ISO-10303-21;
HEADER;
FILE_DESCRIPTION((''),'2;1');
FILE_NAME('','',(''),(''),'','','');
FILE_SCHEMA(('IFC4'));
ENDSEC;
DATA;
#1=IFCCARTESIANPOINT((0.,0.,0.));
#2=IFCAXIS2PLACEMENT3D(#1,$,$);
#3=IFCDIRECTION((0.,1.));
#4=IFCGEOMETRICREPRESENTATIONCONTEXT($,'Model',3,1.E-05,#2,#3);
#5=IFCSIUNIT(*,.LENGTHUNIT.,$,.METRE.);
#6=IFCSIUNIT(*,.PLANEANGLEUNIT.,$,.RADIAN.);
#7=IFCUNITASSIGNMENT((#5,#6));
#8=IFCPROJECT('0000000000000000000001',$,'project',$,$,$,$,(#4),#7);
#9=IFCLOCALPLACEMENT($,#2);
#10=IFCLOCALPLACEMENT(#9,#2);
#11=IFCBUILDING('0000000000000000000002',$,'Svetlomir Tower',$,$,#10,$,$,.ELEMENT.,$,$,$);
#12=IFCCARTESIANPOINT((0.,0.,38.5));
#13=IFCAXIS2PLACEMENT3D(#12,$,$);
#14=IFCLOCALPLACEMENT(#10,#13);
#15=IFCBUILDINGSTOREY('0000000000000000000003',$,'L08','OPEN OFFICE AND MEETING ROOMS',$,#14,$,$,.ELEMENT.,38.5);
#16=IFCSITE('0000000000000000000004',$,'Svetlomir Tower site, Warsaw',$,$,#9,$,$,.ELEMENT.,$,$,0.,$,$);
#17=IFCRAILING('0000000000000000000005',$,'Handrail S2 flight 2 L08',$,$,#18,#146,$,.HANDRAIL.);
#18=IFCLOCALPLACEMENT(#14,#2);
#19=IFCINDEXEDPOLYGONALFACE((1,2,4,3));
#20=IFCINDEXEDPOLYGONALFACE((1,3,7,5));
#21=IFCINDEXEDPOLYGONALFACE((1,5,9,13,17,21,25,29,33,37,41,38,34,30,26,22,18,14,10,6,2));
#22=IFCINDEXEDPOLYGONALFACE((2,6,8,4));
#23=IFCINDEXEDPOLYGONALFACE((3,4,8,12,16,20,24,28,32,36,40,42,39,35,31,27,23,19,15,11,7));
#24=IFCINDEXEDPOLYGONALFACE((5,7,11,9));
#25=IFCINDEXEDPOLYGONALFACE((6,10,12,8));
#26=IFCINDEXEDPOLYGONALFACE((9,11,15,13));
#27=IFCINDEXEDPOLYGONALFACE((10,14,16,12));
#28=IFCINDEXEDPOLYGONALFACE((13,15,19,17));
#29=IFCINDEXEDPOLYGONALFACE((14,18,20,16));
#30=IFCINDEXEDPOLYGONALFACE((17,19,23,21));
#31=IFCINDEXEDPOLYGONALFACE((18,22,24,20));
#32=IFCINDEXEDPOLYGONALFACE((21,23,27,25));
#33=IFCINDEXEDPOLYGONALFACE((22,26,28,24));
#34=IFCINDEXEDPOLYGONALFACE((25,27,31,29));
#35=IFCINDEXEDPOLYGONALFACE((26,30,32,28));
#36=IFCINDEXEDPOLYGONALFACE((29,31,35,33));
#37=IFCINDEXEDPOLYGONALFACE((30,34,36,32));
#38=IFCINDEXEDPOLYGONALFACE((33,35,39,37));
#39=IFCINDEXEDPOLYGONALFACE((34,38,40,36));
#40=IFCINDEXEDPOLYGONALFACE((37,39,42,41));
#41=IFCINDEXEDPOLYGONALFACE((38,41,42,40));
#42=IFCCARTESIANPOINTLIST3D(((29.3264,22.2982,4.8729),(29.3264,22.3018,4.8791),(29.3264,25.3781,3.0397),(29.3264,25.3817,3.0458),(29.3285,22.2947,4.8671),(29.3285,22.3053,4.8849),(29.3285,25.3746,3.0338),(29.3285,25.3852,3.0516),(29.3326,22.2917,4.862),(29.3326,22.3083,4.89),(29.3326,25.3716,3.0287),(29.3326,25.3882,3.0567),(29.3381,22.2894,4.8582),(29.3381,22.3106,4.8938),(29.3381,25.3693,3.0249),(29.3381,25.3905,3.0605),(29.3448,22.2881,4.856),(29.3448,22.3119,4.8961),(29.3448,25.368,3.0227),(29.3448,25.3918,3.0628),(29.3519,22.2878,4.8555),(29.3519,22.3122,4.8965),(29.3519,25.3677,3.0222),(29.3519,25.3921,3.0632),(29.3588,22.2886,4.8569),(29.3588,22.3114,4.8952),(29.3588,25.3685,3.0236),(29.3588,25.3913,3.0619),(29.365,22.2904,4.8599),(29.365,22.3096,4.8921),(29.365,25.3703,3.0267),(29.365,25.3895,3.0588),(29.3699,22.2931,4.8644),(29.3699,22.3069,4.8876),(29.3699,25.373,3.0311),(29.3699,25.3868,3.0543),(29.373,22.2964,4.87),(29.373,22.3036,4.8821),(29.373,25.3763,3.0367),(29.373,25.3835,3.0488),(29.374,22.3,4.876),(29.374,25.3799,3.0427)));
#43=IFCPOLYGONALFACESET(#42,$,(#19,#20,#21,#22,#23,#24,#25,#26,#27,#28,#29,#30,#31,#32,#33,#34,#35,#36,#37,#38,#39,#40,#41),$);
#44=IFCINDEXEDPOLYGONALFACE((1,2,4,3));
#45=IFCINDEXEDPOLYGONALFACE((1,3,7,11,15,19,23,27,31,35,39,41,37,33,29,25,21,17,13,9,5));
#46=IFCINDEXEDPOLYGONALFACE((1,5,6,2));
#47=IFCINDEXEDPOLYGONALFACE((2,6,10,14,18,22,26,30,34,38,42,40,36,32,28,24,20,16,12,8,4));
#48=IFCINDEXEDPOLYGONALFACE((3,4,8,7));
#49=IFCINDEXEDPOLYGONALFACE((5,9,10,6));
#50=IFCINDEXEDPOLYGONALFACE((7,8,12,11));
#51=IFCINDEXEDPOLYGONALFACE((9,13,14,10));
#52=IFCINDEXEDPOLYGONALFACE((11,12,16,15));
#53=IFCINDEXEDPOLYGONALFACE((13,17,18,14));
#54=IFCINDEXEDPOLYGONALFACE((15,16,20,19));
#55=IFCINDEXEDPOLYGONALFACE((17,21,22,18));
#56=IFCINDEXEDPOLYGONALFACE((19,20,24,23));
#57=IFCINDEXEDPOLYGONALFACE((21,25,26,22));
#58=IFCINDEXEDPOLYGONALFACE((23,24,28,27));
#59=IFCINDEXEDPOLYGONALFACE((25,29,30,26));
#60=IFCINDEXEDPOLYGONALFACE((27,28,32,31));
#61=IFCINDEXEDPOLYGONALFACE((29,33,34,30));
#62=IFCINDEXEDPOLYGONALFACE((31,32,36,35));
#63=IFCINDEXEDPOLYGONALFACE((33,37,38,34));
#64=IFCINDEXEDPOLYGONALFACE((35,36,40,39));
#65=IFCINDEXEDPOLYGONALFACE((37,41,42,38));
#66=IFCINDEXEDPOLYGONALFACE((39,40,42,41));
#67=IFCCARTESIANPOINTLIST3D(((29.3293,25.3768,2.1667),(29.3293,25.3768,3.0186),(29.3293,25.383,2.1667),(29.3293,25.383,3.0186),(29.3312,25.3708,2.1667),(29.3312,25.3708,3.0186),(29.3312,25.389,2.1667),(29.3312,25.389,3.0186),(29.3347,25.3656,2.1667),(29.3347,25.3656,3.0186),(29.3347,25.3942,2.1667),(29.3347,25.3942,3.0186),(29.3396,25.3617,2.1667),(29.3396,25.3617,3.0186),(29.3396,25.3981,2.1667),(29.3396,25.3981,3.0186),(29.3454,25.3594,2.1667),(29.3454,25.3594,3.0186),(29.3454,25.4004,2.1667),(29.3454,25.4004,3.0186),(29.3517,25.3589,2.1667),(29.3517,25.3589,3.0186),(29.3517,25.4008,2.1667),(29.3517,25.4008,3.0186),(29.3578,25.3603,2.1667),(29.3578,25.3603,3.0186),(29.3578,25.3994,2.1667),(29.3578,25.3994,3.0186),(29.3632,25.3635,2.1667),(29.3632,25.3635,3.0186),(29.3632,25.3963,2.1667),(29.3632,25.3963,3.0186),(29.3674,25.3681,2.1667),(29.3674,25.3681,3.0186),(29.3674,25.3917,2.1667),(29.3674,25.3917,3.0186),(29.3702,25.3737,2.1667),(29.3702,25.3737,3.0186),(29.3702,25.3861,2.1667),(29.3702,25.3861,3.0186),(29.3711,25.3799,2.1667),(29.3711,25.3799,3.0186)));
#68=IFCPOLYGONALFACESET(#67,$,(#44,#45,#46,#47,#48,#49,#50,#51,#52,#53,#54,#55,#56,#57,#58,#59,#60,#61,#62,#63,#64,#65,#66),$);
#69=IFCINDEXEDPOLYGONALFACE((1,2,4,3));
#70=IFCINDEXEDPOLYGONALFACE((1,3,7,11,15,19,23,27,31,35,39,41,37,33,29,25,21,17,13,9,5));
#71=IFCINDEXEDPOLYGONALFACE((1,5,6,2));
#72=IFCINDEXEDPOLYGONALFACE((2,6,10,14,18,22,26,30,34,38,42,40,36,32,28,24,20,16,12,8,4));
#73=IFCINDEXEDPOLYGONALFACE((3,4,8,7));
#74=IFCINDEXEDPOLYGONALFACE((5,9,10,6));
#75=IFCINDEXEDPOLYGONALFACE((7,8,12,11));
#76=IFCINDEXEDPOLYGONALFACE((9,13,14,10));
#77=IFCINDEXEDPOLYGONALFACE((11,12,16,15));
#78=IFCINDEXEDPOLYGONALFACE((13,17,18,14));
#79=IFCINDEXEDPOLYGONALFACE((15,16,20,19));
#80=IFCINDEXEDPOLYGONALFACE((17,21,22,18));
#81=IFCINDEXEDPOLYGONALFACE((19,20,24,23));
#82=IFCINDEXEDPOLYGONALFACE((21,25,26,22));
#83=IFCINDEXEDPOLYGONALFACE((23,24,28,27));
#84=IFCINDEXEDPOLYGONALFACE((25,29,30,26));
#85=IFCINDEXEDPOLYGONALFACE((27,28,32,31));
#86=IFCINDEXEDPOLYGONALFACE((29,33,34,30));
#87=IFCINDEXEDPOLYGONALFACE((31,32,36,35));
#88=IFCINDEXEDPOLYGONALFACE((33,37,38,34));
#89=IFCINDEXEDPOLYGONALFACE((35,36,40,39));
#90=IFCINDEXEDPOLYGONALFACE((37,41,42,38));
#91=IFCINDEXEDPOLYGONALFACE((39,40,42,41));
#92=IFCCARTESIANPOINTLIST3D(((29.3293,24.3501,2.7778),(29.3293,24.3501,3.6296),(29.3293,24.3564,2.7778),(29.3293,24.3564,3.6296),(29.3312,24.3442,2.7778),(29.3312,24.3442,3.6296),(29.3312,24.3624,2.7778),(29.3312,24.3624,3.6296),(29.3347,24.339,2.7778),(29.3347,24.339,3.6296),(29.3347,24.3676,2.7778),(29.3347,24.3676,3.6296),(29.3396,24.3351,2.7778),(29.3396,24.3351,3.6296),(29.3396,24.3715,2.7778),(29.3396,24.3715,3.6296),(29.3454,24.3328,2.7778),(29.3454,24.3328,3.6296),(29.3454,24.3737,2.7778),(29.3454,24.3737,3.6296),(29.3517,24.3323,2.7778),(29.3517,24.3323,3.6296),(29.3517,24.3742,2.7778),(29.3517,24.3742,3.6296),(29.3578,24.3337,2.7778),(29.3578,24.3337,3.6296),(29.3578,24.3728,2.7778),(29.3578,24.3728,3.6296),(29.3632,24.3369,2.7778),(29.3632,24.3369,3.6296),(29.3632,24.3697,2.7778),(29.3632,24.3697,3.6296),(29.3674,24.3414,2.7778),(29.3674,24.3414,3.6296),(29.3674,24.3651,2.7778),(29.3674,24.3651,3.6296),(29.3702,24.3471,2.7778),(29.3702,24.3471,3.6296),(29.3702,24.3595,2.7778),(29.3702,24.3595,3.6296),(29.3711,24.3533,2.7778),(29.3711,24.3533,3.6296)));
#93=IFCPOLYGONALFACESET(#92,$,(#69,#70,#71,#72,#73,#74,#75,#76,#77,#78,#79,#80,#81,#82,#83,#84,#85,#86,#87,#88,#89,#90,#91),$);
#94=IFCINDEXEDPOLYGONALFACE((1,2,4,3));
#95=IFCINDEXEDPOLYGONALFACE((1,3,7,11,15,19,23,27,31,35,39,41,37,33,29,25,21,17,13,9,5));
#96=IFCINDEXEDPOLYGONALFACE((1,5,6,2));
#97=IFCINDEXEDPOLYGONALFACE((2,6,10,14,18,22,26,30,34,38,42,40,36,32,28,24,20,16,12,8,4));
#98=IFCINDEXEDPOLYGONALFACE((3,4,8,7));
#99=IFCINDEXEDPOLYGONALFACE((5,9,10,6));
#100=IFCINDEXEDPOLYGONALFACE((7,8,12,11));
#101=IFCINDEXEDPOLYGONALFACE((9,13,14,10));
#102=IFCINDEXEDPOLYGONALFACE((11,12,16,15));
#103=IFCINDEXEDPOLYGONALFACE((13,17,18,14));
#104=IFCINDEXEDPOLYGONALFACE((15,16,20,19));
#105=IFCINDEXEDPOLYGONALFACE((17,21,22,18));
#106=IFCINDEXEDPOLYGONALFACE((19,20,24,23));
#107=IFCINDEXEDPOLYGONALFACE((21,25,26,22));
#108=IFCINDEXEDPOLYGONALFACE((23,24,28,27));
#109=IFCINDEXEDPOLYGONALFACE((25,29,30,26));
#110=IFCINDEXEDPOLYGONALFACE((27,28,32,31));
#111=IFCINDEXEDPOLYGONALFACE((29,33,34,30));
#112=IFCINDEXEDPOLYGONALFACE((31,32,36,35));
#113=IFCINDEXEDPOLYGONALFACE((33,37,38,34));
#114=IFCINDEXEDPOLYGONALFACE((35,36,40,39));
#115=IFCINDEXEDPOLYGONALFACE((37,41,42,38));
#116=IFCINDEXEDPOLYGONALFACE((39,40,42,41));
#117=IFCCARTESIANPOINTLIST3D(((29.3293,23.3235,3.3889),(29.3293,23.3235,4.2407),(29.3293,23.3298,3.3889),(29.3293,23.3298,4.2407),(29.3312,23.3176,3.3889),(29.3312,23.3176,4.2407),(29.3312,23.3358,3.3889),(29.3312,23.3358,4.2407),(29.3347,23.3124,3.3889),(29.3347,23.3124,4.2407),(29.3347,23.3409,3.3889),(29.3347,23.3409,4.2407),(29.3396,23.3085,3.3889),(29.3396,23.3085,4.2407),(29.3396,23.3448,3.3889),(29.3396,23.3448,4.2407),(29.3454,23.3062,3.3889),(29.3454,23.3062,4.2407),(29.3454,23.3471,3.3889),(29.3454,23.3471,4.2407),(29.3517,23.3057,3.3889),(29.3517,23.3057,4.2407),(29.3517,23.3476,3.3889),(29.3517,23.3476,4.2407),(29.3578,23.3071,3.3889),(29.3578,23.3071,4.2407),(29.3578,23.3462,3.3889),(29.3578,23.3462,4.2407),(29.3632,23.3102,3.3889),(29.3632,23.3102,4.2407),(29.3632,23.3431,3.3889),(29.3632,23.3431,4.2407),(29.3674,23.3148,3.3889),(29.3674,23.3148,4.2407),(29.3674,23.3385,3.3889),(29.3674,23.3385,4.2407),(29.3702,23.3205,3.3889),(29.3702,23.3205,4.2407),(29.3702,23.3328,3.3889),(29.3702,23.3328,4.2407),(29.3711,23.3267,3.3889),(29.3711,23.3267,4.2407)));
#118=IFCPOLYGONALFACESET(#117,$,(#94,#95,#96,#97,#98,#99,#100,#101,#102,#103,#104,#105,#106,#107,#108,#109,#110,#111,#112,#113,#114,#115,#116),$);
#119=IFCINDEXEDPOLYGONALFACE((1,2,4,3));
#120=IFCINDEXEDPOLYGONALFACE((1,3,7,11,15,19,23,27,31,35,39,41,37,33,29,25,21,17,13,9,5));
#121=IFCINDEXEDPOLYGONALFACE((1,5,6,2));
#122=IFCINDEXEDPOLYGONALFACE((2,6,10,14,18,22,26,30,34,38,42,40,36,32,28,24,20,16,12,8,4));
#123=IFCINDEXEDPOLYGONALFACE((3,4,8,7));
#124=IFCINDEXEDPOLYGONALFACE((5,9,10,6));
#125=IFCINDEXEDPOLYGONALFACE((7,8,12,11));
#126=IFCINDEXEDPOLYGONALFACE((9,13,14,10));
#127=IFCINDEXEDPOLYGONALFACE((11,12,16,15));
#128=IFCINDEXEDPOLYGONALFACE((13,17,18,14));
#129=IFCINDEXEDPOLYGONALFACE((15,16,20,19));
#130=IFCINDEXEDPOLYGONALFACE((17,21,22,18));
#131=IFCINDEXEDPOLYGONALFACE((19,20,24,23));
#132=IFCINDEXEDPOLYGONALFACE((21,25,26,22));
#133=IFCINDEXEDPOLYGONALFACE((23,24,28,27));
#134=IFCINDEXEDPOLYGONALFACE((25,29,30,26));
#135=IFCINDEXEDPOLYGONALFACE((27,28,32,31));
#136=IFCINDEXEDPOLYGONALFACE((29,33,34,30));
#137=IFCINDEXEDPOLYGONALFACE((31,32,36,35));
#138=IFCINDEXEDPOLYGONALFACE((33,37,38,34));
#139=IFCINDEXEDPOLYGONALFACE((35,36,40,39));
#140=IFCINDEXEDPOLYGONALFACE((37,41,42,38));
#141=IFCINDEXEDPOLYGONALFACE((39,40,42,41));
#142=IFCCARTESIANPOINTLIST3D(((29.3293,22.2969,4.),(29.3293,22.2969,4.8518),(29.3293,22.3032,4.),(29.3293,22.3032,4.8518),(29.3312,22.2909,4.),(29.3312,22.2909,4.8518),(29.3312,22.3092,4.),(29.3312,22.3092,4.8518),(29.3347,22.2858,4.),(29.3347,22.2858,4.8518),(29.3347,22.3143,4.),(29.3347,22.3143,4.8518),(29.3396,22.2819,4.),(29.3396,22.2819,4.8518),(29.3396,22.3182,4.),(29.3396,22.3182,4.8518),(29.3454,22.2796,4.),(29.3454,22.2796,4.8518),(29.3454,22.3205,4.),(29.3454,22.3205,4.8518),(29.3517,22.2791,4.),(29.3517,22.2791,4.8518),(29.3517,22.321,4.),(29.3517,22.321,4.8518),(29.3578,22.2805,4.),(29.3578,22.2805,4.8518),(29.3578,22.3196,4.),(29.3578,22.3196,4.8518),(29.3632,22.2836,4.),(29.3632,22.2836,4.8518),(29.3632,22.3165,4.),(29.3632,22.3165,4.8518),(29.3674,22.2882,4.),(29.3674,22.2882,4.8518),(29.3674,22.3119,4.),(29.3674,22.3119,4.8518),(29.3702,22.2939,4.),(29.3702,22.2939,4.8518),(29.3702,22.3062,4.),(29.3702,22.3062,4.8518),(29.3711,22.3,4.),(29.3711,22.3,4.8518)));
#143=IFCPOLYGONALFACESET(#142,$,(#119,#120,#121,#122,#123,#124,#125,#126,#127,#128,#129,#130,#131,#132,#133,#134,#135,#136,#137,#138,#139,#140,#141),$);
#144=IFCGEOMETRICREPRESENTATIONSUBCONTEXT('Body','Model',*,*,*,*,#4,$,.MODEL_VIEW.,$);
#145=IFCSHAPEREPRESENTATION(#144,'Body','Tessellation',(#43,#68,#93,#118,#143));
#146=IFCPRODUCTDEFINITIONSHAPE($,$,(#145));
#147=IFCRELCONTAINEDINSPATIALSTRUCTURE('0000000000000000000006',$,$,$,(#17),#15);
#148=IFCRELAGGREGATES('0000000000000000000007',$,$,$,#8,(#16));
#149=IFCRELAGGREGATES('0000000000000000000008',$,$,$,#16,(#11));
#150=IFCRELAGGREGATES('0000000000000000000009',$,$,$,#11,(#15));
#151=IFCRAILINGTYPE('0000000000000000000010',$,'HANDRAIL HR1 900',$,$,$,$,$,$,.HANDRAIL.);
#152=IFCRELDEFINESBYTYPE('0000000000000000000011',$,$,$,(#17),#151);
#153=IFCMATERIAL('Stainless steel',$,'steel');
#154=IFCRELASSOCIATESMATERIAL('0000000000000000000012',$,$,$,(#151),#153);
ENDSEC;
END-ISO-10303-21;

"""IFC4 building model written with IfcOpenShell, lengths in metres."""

from ifc_helpers import new_model, si_unit, direction, frame, origin, origin_2d, place, context, subcontext, project, spatial, circle, extrude, material, type_object, element, save


model = new_model("IFC4")

# Units and contexts
model_context = context("Model", 3, precision=1e-05, world=origin(), true_north=direction((0.0, 1.0)))
body_context = subcontext(model_context, "Body", "Model", "MODEL_VIEW")
ifc_project = project(units=[si_unit("LENGTHUNIT", "METRE"), si_unit("PLANEANGLEUNIT", "RADIAN")], contexts=[model_context])

# Site, building, storey
site_placement = place(None, origin())
site = spatial("IfcSite", under=ifc_project, at=site_placement, Name="Svetlomir Tower site, Warsaw", CompositionType="ELEMENT", RefElevation=0.0)
building_placement = place(site_placement, origin())
building = spatial("IfcBuilding", under=site, at=building_placement, Name="Svetlomir Tower", CompositionType="ELEMENT")
storey_placement = place(building_placement, frame((0.0, 0.0, 38.5)))
storey = spatial("IfcBuildingStorey", under=building, at=storey_placement, Name="L08", Description="OPEN OFFICE AND MEETING ROOMS", CompositionType="ELEMENT", Elevation=38.5)

# Railing
ifc_material_1 = material(Name="Stainless steel", Category="steel")
railing_type = type_object("IfcRailingType", Name="HANDRAIL HR1 900", PredefinedType="HANDRAIL", material=ifc_material_1)
railing_1_placement = place(storey_placement, frame((29.3501, 25.3799, 2.1667)))
element("IfcRailing", 1, at=railing_1_placement, inside=storey, type_object=railing_type, Name="Handrail S2 flight 2 L08", PredefinedType="HANDRAIL", context=body_context, shape_type="SweptSolid", body=[
    extrude(circle(Radius=0.0239, at=origin_2d()), frame((0.0, 0.0, 0.876), z_axis=(0.0, -0.859291, 0.511487), x_axis=(1.0, 0.0, 0.0)), (0.0, 0.0, 1.0), 3.5842),
    extrude(circle(Radius=0.021, at=origin_2d()), origin(), (0.0, 0.0, 1.0), 0.8518),
    extrude(circle(Radius=0.021, at=origin_2d()), frame((0.0, -1.0266, 0.6111)), (0.0, 0.0, 1.0), 0.8518),
    extrude(circle(Radius=0.021, at=origin_2d()), frame((0.0, -2.0532, 1.2222)), (0.0, 0.0, 1.0), 0.8518),
    extrude(circle(Radius=0.021, at=origin_2d()), frame((0.0, -3.0798, 1.8333)), (0.0, 0.0, 1.0), 0.8518),
])

save(model, "model.ifc")
